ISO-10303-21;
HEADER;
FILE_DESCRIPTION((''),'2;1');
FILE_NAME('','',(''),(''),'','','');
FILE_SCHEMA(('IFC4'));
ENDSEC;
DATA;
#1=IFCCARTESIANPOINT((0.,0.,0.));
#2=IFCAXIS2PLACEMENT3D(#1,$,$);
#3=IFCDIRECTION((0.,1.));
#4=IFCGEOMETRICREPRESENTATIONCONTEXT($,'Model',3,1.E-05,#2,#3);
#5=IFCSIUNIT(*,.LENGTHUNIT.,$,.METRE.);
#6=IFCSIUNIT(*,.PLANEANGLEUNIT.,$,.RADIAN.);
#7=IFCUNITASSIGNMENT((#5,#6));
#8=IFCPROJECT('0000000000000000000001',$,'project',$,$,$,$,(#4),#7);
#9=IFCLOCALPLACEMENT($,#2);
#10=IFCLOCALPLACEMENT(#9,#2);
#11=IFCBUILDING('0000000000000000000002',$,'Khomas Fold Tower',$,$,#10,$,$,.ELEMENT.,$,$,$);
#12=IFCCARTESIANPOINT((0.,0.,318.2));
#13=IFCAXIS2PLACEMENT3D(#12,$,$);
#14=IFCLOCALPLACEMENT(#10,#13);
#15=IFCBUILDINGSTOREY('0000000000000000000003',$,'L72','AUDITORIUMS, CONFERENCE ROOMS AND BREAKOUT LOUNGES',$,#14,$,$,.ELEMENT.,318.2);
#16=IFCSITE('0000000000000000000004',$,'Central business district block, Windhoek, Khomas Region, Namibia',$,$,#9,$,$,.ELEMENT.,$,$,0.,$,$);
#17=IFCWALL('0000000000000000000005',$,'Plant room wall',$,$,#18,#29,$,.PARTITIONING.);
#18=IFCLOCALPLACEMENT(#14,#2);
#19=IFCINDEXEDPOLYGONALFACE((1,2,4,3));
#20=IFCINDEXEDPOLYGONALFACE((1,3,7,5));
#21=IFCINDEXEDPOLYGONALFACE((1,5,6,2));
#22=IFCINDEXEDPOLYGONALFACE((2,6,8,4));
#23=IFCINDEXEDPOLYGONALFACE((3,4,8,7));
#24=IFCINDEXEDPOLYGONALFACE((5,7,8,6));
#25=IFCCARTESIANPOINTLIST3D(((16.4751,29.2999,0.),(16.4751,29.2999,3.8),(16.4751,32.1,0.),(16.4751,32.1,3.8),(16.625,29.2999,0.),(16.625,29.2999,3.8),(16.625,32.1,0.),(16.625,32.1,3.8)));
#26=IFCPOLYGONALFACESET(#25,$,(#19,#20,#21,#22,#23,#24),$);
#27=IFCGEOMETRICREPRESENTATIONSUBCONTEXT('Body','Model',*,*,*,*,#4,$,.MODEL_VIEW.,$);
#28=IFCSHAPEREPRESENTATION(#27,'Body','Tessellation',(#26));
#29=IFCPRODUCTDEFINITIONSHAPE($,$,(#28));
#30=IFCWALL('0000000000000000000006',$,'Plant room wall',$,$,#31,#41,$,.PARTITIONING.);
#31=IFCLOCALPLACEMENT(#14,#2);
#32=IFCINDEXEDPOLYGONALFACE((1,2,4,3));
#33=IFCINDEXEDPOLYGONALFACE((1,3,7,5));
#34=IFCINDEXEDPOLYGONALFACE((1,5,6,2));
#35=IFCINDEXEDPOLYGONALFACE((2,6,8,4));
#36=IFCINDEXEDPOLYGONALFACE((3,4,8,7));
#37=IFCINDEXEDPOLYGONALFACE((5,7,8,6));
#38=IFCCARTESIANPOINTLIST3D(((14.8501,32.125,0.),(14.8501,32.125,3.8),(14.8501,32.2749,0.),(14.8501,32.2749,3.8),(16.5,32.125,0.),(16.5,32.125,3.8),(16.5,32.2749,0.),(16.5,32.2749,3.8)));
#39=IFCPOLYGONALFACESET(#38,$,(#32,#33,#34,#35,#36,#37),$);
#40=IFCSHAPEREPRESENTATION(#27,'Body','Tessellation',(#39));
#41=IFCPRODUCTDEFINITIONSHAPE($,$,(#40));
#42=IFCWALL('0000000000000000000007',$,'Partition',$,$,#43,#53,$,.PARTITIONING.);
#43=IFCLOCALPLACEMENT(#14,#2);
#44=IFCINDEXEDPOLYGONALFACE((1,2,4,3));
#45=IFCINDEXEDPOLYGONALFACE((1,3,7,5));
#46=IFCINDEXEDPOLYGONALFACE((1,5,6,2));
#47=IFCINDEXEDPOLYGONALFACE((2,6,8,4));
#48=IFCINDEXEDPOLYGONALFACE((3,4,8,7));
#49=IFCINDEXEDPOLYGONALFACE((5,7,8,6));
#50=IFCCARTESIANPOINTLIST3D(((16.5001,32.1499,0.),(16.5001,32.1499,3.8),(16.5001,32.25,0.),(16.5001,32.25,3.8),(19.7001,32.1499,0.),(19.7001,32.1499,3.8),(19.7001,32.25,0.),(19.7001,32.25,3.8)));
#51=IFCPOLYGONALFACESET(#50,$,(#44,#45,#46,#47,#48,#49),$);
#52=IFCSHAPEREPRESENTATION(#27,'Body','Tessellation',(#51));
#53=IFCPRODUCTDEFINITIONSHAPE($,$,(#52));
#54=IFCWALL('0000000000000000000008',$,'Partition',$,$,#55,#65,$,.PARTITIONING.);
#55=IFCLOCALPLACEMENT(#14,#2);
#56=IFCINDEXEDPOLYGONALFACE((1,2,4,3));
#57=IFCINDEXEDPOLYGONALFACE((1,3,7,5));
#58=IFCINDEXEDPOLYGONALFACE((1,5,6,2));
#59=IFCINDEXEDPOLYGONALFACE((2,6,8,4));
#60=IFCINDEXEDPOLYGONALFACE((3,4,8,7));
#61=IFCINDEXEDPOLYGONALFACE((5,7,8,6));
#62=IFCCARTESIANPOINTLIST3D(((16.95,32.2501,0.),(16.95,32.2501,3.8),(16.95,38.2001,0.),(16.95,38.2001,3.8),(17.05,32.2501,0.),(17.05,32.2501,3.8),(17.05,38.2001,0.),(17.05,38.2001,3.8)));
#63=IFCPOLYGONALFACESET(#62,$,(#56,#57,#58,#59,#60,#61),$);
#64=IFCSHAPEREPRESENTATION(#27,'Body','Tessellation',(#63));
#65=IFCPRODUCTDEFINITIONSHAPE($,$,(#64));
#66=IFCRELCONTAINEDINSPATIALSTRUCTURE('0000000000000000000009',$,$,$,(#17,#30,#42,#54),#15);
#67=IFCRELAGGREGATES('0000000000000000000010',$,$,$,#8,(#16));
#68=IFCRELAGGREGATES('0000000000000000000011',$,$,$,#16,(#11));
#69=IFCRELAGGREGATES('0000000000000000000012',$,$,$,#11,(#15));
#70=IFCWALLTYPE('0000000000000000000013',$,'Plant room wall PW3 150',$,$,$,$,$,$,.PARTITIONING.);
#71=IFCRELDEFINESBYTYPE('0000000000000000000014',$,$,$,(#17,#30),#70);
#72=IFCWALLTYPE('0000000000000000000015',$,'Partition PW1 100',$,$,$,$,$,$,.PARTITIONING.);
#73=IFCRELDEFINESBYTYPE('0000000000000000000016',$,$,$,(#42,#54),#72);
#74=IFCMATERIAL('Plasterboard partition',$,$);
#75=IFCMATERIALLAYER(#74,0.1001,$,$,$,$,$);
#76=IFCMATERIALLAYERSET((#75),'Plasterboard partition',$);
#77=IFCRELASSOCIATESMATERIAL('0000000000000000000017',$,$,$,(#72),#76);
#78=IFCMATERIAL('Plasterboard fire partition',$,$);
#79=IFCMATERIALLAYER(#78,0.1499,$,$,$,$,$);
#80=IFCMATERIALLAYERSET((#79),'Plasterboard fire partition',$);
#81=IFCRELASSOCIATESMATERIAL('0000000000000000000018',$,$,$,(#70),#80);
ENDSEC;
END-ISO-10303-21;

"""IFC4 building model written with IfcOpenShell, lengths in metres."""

from ifc_helpers import new_model, si_unit, direction, frame, frame_2d, origin, place, context, subcontext, project, spatial, rectangle, extrude, source, transform, mapped, material, layer, layer_set, type_object, element, save


model = new_model("IFC4")

# Units and contexts
model_context = context("Model", 3, precision=1e-05, world=origin(), true_north=direction((0.0, 1.0)))
body_context = subcontext(model_context, "Body", "Model", "MODEL_VIEW")
ifc_project = project(units=[si_unit("LENGTHUNIT", "METRE"), si_unit("PLANEANGLEUNIT", "RADIAN")], contexts=[model_context])

# Site, building, storey
site_placement = place(None, origin())
site = spatial("IfcSite", under=ifc_project, at=site_placement, Name="Central business district block, Windhoek, Khomas Region, Namibia", CompositionType="ELEMENT", RefElevation=0.0)
building_placement = place(site_placement, origin())
building = spatial("IfcBuilding", under=site, at=building_placement, Name="Khomas Fold Tower", CompositionType="ELEMENT")
storey_placement = place(building_placement, frame((0.0, 0.0, 318.2)))
storey = spatial("IfcBuildingStorey", under=building, at=storey_placement, Name="L72", Description="AUDITORIUMS, CONFERENCE ROOMS AND BREAKOUT LOUNGES", CompositionType="ELEMENT", Elevation=318.2)

# Shared definitions
ifc_material_1 = material(Name="Plasterboard partition")
ifc_layer_1 = layer(ifc_material_1, 0.1001)
ifc_layer_set_1 = layer_set([ifc_layer_1], Name="Plasterboard partition")
wall_type_1 = type_object("IfcWallType", Name="Partition PW1 100", PredefinedType="PARTITIONING", material=ifc_layer_set_1)

# Walls
ifc_material_2 = material(Name="Plasterboard fire partition")
ifc_layer_2 = layer(ifc_material_2, 0.1499)
ifc_layer_set_2 = layer_set([ifc_layer_2], Name="Plasterboard fire partition")
wall_type_2 = type_object("IfcWallType", Name="Plant room wall PW3 150", PredefinedType="PARTITIONING", material=ifc_layer_set_2)
shared_shape_1 = source(origin(), body_context, "Body", "SweptSolid", [
    extrude(rectangle(XDim=2.8, YDim=0.1499, at=frame_2d((1.3999, 0.0))), origin(), (0.0, 0.0, 1.0), 3.8),
])
wall_1_placement = place(storey_placement, frame((16.55, 29.3, 0.0), z_axis=(0.0, 0.0, 1.0), x_axis=(0.0, 1.0, 0.0)))
element("IfcWall", 1, at=wall_1_placement, inside=storey, type_object=wall_type_2, Name="Plant room wall", PredefinedType="PARTITIONING", context=body_context, shape_type="MappedRepresentation", body=[
    mapped(shared_shape_1, transform((0.0, 0.0, 0.0))),
])
shared_shape_2 = source(origin(), body_context, "Body", "SweptSolid", [
    extrude(rectangle(XDim=1.6499, YDim=0.1499, at=frame_2d((0.825, 0.0))), origin(), (0.0, 0.0, 1.0), 3.8),
])
wall_2_placement = place(storey_placement, frame((14.8501, 32.2, 0.0), z_axis=(0.0, 0.0, 1.0), x_axis=(1.0, 0.0, 0.0)))
element("IfcWall", 2, at=wall_2_placement, inside=storey, type_object=wall_type_2, Name="Plant room wall", PredefinedType="PARTITIONING", context=body_context, shape_type="MappedRepresentation", body=[
    mapped(shared_shape_2, transform((0.0, 0.0, 0.0))),
])
shared_shape_3 = source(origin(), body_context, "Body", "SweptSolid", [
    extrude(rectangle(XDim=3.2, YDim=0.1001, at=frame_2d((1.6001, 0.0))), origin(), (0.0, 0.0, 1.0), 3.8),
])
wall_3_placement = place(storey_placement, frame((16.5, 32.2, 0.0), z_axis=(0.0, 0.0, 1.0), x_axis=(1.0, 0.0, 0.0)))
element("IfcWall", 3, at=wall_3_placement, inside=storey, type_object=wall_type_1, Name="Partition", PredefinedType="PARTITIONING", context=body_context, shape_type="MappedRepresentation", body=[
    mapped(shared_shape_3, transform((0.0, 0.0, 0.0))),
])
shared_shape_4 = source(origin(), body_context, "Body", "SweptSolid", [
    extrude(rectangle(XDim=5.95, YDim=0.1001, at=frame_2d((2.9751, 0.0))), origin(), (0.0, 0.0, 1.0), 3.8),
])
wall_4_placement = place(storey_placement, frame((17.0, 32.25, 0.0), z_axis=(0.0, 0.0, 1.0), x_axis=(0.0, 1.0, 0.0)))
element("IfcWall", 4, at=wall_4_placement, inside=storey, type_object=wall_type_1, Name="Partition", PredefinedType="PARTITIONING", context=body_context, shape_type="MappedRepresentation", body=[
    mapped(shared_shape_4, transform((0.0, 0.0, 0.0))),
])

save(model, "model.ifc")
